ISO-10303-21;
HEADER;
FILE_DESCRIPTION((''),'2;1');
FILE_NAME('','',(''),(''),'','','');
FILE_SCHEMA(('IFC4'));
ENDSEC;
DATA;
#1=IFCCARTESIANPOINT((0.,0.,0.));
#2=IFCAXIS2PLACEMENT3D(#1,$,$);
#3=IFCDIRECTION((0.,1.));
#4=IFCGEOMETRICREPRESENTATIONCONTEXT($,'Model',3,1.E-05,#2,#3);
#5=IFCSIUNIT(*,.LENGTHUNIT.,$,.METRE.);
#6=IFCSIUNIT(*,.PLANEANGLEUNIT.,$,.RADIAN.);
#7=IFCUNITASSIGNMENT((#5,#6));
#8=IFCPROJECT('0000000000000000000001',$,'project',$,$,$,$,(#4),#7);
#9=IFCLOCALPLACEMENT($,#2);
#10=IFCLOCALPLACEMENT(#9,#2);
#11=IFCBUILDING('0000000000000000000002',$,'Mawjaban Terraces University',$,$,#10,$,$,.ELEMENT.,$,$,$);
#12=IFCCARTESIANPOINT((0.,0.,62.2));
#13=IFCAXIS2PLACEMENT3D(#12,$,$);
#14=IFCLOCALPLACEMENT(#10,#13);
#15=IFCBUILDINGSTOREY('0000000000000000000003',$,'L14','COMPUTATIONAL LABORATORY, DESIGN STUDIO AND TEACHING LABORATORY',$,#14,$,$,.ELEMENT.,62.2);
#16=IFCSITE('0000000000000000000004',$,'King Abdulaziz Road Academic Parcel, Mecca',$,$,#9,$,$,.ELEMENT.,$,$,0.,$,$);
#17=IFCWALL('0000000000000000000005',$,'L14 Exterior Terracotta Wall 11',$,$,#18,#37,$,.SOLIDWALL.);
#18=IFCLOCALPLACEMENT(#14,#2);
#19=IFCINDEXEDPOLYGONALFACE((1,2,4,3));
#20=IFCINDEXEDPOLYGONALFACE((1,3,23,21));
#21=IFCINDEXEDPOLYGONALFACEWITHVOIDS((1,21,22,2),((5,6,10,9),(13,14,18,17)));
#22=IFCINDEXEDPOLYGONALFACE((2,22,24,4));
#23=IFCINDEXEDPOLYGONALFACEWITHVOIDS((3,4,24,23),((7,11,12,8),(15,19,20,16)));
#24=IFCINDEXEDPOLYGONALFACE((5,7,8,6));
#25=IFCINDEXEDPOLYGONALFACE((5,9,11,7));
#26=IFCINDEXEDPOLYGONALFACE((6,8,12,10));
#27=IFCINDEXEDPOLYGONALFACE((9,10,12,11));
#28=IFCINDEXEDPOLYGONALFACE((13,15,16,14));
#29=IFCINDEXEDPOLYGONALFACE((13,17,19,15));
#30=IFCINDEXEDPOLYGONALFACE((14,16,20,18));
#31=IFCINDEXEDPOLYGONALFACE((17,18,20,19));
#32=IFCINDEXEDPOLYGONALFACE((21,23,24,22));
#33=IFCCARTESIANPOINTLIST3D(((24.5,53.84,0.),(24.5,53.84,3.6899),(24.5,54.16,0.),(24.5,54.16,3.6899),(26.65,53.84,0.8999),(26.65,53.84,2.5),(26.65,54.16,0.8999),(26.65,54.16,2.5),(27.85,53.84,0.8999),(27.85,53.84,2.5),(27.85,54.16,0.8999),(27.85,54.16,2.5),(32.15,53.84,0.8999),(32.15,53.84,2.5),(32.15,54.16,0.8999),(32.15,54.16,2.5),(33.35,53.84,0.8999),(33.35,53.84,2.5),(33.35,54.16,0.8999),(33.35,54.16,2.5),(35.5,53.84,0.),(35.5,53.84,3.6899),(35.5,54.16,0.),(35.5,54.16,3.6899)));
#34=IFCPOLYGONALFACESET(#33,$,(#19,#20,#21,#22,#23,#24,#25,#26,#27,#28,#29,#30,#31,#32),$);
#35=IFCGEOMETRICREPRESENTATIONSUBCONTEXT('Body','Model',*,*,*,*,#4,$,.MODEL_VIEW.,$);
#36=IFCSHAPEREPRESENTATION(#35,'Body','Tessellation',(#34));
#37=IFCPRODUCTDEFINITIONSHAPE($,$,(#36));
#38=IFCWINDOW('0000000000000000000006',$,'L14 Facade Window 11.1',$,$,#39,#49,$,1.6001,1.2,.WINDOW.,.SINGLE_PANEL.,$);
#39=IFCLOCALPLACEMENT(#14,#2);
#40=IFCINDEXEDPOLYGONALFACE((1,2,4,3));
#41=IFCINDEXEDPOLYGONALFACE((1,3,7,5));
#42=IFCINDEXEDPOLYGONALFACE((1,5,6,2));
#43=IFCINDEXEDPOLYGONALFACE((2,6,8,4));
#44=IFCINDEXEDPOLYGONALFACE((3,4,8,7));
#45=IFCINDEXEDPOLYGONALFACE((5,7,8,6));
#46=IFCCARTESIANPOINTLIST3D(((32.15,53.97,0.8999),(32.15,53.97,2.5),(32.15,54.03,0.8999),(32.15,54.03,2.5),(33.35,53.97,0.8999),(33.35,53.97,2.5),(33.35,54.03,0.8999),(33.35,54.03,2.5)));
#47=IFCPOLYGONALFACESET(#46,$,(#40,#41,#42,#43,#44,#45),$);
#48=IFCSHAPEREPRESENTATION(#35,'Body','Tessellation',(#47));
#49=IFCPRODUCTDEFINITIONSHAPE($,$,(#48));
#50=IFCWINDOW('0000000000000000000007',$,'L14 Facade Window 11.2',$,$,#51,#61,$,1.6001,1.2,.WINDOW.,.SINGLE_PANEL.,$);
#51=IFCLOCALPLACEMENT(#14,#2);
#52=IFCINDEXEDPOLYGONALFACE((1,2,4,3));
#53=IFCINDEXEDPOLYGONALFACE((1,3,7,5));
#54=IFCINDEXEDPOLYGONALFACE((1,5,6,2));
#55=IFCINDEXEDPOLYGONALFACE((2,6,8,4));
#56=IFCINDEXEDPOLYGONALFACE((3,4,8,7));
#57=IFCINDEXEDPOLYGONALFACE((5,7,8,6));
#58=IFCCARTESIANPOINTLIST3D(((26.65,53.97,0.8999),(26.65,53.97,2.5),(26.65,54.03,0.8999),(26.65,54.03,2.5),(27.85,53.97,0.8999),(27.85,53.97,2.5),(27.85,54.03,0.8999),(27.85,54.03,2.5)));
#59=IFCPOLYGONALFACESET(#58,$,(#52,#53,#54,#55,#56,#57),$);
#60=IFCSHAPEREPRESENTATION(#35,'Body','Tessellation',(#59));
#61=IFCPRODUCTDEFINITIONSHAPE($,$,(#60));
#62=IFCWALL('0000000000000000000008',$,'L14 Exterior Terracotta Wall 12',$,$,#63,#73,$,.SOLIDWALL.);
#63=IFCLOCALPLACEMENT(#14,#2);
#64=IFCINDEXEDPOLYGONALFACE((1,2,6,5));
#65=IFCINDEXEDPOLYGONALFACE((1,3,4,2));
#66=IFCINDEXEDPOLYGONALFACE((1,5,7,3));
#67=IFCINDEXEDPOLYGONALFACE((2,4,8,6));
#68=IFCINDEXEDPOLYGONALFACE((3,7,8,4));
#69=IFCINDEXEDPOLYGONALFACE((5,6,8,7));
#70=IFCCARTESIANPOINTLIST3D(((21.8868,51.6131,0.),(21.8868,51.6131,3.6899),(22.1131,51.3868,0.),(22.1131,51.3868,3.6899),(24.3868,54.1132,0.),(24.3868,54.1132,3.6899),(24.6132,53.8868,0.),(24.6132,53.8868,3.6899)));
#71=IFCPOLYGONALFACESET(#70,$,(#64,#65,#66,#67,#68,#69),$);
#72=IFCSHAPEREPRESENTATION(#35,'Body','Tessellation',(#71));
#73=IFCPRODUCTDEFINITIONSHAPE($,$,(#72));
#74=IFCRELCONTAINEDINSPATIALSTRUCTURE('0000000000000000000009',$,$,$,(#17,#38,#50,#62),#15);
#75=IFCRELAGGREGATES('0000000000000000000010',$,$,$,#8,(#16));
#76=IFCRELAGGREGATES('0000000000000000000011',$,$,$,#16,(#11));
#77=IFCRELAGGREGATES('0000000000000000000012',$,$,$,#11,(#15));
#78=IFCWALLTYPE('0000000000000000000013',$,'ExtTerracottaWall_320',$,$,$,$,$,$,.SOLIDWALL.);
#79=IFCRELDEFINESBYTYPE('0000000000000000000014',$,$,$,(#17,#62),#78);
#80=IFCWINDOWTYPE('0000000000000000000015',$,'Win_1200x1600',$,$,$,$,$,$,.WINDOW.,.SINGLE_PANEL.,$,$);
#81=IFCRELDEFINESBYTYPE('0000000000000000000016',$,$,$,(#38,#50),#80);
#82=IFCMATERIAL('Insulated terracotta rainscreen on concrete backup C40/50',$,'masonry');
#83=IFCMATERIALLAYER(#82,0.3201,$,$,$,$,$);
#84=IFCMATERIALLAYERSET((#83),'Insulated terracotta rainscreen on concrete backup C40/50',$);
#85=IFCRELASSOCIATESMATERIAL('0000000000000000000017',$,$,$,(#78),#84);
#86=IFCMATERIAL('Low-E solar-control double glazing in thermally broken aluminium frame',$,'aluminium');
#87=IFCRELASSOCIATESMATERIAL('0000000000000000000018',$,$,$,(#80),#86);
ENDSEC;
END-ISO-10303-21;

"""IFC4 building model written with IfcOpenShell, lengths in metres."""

from ifc_helpers import new_model, si_unit, direction, frame, frame_2d, origin, place, context, subcontext, project, spatial, rectangle, extrude, material, layer, layer_set, type_object, element, fill, save


model = new_model("IFC4")

# Units and contexts
model_context = context("Model", 3, precision=1e-05, world=origin(), true_north=direction((0.0, 1.0)))
body_context = subcontext(model_context, "Body", "Model", "MODEL_VIEW")
ifc_project = project(units=[si_unit("LENGTHUNIT", "METRE"), si_unit("PLANEANGLEUNIT", "RADIAN")], contexts=[model_context])

# Site, building, storey
site_placement = place(None, origin())
site = spatial("IfcSite", under=ifc_project, at=site_placement, Name="King Abdulaziz Road Academic Parcel, Mecca", CompositionType="ELEMENT", RefElevation=0.0)
building_placement = place(site_placement, origin())
building = spatial("IfcBuilding", under=site, at=building_placement, Name="Mawjaban Terraces University", CompositionType="ELEMENT")
storey_placement = place(building_placement, frame((0.0, 0.0, 62.2)))
storey = spatial("IfcBuildingStorey", under=building, at=storey_placement, Name="L14", Description="COMPUTATIONAL LABORATORY, DESIGN STUDIO AND TEACHING LABORATORY", CompositionType="ELEMENT", Elevation=62.2)

# Wall, openings, windows
ifc_material_1 = material(Name="Insulated terracotta rainscreen on concrete backup C40/50", Category="masonry")
ifc_layer_1 = layer(ifc_material_1, 0.3201)
ifc_layer_set_1 = layer_set([ifc_layer_1], Name="Insulated terracotta rainscreen on concrete backup C40/50")
wall_type_1 = type_object("IfcWallType", Name="ExtTerracottaWall_320", PredefinedType="SOLIDWALL", material=ifc_layer_set_1)
wall_1_placement = place(storey_placement, frame((35.5, 54.0, 0.0), z_axis=(0.0, 0.0, 1.0), x_axis=(-1.0, 0.0, 0.0)))
wall_1 = element("IfcWall", 1, at=wall_1_placement, inside=storey, type_object=wall_type_1, Name="L14 Exterior Terracotta Wall 11", PredefinedType="SOLIDWALL", context=body_context, shape_type="SweptSolid", body=[
    extrude(rectangle(XDim=11.0, YDim=0.3201, at=frame_2d((5.5, 0.0))), origin(), (0.0, 0.0, 1.0), 3.6899),
])
opening_1_placement = place(wall_1_placement, frame((2.1499, 0.0, 0.8999)))
opening_1 = element("IfcOpeningElement", 2, at=opening_1_placement, cuts=wall_1, PredefinedType="OPENING", context=body_context, shape_type="SweptSolid", body=[
    extrude(rectangle(XDim=1.2, YDim=1.6001, at=frame_2d((0.6001, 0.8))), frame((0.0, 0.1699, 0.0), z_axis=(0.0, -1.0, 0.0), x_axis=(1.0, 0.0, 0.0)), (0.0, 0.0, 1.0), 0.3401),
])
opening_2_placement = place(wall_1_placement, frame((7.6499, 0.0, 0.8999)))
opening_2 = element("IfcOpeningElement", 3, at=opening_2_placement, cuts=wall_1, PredefinedType="OPENING", context=body_context, shape_type="SweptSolid", body=[
    extrude(rectangle(XDim=1.2, YDim=1.6001, at=frame_2d((0.6001, 0.8))), frame((0.0, 0.1699, 0.0), z_axis=(0.0, -1.0, 0.0), x_axis=(1.0, 0.0, 0.0)), (0.0, 0.0, 1.0), 0.3401),
])
ifc_material_2 = material(Name="Low-E solar-control double glazing in thermally broken aluminium frame", Category="aluminium")
window_type_1 = type_object("IfcWindowType", Name="Win_1200x1600", PartitioningType="SINGLE_PANEL", PredefinedType="WINDOW", material=ifc_material_2)
window_1_placement = place(opening_1_placement, origin())
window_1 = element("IfcWindow", 4, at=window_1_placement, inside=storey, type_object=window_type_1, Name="L14 Facade Window 11.1", OverallHeight=1.6001, OverallWidth=1.2, PartitioningType="SINGLE_PANEL", PredefinedType="WINDOW", context=body_context, shape_type="SweptSolid", body=[
    extrude(rectangle(XDim=1.2, YDim=1.6001, at=frame_2d((0.6001, 0.8))), frame((0.0, 0.03, 0.0), z_axis=(0.0, -1.0, 0.0), x_axis=(1.0, 0.0, 0.0)), (0.0, 0.0, 1.0), 0.0601),
])
fill(opening_1, window_1)
window_2_placement = place(opening_2_placement, origin())
window_2 = element("IfcWindow", 5, at=window_2_placement, inside=storey, type_object=window_type_1, Name="L14 Facade Window 11.2", OverallHeight=1.6001, OverallWidth=1.2, PartitioningType="SINGLE_PANEL", PredefinedType="WINDOW", context=body_context, shape_type="SweptSolid", body=[
    extrude(rectangle(XDim=1.2, YDim=1.6001, at=frame_2d((0.6001, 0.8))), frame((0.0, 0.03, 0.0), z_axis=(0.0, -1.0, 0.0), x_axis=(1.0, 0.0, 0.0)), (0.0, 0.0, 1.0), 0.0601),
])
fill(opening_2, window_2)

# Wall
wall_2_placement = place(storey_placement, frame((24.5, 54.0, 0.0), z_axis=(0.0, 0.0, 1.0), x_axis=(-0.707107, -0.707107, 0.0)))
element("IfcWall", 6, at=wall_2_placement, inside=storey, type_object=wall_type_1, Name="L14 Exterior Terracotta Wall 12", PredefinedType="SOLIDWALL", context=body_context, shape_type="SweptSolid", body=[
    extrude(rectangle(XDim=3.5356, YDim=0.3201, at=frame_2d((1.7678, 0.0))), origin(), (0.0, 0.0, 1.0), 3.6899),
])

save(model, "model.ifc")
